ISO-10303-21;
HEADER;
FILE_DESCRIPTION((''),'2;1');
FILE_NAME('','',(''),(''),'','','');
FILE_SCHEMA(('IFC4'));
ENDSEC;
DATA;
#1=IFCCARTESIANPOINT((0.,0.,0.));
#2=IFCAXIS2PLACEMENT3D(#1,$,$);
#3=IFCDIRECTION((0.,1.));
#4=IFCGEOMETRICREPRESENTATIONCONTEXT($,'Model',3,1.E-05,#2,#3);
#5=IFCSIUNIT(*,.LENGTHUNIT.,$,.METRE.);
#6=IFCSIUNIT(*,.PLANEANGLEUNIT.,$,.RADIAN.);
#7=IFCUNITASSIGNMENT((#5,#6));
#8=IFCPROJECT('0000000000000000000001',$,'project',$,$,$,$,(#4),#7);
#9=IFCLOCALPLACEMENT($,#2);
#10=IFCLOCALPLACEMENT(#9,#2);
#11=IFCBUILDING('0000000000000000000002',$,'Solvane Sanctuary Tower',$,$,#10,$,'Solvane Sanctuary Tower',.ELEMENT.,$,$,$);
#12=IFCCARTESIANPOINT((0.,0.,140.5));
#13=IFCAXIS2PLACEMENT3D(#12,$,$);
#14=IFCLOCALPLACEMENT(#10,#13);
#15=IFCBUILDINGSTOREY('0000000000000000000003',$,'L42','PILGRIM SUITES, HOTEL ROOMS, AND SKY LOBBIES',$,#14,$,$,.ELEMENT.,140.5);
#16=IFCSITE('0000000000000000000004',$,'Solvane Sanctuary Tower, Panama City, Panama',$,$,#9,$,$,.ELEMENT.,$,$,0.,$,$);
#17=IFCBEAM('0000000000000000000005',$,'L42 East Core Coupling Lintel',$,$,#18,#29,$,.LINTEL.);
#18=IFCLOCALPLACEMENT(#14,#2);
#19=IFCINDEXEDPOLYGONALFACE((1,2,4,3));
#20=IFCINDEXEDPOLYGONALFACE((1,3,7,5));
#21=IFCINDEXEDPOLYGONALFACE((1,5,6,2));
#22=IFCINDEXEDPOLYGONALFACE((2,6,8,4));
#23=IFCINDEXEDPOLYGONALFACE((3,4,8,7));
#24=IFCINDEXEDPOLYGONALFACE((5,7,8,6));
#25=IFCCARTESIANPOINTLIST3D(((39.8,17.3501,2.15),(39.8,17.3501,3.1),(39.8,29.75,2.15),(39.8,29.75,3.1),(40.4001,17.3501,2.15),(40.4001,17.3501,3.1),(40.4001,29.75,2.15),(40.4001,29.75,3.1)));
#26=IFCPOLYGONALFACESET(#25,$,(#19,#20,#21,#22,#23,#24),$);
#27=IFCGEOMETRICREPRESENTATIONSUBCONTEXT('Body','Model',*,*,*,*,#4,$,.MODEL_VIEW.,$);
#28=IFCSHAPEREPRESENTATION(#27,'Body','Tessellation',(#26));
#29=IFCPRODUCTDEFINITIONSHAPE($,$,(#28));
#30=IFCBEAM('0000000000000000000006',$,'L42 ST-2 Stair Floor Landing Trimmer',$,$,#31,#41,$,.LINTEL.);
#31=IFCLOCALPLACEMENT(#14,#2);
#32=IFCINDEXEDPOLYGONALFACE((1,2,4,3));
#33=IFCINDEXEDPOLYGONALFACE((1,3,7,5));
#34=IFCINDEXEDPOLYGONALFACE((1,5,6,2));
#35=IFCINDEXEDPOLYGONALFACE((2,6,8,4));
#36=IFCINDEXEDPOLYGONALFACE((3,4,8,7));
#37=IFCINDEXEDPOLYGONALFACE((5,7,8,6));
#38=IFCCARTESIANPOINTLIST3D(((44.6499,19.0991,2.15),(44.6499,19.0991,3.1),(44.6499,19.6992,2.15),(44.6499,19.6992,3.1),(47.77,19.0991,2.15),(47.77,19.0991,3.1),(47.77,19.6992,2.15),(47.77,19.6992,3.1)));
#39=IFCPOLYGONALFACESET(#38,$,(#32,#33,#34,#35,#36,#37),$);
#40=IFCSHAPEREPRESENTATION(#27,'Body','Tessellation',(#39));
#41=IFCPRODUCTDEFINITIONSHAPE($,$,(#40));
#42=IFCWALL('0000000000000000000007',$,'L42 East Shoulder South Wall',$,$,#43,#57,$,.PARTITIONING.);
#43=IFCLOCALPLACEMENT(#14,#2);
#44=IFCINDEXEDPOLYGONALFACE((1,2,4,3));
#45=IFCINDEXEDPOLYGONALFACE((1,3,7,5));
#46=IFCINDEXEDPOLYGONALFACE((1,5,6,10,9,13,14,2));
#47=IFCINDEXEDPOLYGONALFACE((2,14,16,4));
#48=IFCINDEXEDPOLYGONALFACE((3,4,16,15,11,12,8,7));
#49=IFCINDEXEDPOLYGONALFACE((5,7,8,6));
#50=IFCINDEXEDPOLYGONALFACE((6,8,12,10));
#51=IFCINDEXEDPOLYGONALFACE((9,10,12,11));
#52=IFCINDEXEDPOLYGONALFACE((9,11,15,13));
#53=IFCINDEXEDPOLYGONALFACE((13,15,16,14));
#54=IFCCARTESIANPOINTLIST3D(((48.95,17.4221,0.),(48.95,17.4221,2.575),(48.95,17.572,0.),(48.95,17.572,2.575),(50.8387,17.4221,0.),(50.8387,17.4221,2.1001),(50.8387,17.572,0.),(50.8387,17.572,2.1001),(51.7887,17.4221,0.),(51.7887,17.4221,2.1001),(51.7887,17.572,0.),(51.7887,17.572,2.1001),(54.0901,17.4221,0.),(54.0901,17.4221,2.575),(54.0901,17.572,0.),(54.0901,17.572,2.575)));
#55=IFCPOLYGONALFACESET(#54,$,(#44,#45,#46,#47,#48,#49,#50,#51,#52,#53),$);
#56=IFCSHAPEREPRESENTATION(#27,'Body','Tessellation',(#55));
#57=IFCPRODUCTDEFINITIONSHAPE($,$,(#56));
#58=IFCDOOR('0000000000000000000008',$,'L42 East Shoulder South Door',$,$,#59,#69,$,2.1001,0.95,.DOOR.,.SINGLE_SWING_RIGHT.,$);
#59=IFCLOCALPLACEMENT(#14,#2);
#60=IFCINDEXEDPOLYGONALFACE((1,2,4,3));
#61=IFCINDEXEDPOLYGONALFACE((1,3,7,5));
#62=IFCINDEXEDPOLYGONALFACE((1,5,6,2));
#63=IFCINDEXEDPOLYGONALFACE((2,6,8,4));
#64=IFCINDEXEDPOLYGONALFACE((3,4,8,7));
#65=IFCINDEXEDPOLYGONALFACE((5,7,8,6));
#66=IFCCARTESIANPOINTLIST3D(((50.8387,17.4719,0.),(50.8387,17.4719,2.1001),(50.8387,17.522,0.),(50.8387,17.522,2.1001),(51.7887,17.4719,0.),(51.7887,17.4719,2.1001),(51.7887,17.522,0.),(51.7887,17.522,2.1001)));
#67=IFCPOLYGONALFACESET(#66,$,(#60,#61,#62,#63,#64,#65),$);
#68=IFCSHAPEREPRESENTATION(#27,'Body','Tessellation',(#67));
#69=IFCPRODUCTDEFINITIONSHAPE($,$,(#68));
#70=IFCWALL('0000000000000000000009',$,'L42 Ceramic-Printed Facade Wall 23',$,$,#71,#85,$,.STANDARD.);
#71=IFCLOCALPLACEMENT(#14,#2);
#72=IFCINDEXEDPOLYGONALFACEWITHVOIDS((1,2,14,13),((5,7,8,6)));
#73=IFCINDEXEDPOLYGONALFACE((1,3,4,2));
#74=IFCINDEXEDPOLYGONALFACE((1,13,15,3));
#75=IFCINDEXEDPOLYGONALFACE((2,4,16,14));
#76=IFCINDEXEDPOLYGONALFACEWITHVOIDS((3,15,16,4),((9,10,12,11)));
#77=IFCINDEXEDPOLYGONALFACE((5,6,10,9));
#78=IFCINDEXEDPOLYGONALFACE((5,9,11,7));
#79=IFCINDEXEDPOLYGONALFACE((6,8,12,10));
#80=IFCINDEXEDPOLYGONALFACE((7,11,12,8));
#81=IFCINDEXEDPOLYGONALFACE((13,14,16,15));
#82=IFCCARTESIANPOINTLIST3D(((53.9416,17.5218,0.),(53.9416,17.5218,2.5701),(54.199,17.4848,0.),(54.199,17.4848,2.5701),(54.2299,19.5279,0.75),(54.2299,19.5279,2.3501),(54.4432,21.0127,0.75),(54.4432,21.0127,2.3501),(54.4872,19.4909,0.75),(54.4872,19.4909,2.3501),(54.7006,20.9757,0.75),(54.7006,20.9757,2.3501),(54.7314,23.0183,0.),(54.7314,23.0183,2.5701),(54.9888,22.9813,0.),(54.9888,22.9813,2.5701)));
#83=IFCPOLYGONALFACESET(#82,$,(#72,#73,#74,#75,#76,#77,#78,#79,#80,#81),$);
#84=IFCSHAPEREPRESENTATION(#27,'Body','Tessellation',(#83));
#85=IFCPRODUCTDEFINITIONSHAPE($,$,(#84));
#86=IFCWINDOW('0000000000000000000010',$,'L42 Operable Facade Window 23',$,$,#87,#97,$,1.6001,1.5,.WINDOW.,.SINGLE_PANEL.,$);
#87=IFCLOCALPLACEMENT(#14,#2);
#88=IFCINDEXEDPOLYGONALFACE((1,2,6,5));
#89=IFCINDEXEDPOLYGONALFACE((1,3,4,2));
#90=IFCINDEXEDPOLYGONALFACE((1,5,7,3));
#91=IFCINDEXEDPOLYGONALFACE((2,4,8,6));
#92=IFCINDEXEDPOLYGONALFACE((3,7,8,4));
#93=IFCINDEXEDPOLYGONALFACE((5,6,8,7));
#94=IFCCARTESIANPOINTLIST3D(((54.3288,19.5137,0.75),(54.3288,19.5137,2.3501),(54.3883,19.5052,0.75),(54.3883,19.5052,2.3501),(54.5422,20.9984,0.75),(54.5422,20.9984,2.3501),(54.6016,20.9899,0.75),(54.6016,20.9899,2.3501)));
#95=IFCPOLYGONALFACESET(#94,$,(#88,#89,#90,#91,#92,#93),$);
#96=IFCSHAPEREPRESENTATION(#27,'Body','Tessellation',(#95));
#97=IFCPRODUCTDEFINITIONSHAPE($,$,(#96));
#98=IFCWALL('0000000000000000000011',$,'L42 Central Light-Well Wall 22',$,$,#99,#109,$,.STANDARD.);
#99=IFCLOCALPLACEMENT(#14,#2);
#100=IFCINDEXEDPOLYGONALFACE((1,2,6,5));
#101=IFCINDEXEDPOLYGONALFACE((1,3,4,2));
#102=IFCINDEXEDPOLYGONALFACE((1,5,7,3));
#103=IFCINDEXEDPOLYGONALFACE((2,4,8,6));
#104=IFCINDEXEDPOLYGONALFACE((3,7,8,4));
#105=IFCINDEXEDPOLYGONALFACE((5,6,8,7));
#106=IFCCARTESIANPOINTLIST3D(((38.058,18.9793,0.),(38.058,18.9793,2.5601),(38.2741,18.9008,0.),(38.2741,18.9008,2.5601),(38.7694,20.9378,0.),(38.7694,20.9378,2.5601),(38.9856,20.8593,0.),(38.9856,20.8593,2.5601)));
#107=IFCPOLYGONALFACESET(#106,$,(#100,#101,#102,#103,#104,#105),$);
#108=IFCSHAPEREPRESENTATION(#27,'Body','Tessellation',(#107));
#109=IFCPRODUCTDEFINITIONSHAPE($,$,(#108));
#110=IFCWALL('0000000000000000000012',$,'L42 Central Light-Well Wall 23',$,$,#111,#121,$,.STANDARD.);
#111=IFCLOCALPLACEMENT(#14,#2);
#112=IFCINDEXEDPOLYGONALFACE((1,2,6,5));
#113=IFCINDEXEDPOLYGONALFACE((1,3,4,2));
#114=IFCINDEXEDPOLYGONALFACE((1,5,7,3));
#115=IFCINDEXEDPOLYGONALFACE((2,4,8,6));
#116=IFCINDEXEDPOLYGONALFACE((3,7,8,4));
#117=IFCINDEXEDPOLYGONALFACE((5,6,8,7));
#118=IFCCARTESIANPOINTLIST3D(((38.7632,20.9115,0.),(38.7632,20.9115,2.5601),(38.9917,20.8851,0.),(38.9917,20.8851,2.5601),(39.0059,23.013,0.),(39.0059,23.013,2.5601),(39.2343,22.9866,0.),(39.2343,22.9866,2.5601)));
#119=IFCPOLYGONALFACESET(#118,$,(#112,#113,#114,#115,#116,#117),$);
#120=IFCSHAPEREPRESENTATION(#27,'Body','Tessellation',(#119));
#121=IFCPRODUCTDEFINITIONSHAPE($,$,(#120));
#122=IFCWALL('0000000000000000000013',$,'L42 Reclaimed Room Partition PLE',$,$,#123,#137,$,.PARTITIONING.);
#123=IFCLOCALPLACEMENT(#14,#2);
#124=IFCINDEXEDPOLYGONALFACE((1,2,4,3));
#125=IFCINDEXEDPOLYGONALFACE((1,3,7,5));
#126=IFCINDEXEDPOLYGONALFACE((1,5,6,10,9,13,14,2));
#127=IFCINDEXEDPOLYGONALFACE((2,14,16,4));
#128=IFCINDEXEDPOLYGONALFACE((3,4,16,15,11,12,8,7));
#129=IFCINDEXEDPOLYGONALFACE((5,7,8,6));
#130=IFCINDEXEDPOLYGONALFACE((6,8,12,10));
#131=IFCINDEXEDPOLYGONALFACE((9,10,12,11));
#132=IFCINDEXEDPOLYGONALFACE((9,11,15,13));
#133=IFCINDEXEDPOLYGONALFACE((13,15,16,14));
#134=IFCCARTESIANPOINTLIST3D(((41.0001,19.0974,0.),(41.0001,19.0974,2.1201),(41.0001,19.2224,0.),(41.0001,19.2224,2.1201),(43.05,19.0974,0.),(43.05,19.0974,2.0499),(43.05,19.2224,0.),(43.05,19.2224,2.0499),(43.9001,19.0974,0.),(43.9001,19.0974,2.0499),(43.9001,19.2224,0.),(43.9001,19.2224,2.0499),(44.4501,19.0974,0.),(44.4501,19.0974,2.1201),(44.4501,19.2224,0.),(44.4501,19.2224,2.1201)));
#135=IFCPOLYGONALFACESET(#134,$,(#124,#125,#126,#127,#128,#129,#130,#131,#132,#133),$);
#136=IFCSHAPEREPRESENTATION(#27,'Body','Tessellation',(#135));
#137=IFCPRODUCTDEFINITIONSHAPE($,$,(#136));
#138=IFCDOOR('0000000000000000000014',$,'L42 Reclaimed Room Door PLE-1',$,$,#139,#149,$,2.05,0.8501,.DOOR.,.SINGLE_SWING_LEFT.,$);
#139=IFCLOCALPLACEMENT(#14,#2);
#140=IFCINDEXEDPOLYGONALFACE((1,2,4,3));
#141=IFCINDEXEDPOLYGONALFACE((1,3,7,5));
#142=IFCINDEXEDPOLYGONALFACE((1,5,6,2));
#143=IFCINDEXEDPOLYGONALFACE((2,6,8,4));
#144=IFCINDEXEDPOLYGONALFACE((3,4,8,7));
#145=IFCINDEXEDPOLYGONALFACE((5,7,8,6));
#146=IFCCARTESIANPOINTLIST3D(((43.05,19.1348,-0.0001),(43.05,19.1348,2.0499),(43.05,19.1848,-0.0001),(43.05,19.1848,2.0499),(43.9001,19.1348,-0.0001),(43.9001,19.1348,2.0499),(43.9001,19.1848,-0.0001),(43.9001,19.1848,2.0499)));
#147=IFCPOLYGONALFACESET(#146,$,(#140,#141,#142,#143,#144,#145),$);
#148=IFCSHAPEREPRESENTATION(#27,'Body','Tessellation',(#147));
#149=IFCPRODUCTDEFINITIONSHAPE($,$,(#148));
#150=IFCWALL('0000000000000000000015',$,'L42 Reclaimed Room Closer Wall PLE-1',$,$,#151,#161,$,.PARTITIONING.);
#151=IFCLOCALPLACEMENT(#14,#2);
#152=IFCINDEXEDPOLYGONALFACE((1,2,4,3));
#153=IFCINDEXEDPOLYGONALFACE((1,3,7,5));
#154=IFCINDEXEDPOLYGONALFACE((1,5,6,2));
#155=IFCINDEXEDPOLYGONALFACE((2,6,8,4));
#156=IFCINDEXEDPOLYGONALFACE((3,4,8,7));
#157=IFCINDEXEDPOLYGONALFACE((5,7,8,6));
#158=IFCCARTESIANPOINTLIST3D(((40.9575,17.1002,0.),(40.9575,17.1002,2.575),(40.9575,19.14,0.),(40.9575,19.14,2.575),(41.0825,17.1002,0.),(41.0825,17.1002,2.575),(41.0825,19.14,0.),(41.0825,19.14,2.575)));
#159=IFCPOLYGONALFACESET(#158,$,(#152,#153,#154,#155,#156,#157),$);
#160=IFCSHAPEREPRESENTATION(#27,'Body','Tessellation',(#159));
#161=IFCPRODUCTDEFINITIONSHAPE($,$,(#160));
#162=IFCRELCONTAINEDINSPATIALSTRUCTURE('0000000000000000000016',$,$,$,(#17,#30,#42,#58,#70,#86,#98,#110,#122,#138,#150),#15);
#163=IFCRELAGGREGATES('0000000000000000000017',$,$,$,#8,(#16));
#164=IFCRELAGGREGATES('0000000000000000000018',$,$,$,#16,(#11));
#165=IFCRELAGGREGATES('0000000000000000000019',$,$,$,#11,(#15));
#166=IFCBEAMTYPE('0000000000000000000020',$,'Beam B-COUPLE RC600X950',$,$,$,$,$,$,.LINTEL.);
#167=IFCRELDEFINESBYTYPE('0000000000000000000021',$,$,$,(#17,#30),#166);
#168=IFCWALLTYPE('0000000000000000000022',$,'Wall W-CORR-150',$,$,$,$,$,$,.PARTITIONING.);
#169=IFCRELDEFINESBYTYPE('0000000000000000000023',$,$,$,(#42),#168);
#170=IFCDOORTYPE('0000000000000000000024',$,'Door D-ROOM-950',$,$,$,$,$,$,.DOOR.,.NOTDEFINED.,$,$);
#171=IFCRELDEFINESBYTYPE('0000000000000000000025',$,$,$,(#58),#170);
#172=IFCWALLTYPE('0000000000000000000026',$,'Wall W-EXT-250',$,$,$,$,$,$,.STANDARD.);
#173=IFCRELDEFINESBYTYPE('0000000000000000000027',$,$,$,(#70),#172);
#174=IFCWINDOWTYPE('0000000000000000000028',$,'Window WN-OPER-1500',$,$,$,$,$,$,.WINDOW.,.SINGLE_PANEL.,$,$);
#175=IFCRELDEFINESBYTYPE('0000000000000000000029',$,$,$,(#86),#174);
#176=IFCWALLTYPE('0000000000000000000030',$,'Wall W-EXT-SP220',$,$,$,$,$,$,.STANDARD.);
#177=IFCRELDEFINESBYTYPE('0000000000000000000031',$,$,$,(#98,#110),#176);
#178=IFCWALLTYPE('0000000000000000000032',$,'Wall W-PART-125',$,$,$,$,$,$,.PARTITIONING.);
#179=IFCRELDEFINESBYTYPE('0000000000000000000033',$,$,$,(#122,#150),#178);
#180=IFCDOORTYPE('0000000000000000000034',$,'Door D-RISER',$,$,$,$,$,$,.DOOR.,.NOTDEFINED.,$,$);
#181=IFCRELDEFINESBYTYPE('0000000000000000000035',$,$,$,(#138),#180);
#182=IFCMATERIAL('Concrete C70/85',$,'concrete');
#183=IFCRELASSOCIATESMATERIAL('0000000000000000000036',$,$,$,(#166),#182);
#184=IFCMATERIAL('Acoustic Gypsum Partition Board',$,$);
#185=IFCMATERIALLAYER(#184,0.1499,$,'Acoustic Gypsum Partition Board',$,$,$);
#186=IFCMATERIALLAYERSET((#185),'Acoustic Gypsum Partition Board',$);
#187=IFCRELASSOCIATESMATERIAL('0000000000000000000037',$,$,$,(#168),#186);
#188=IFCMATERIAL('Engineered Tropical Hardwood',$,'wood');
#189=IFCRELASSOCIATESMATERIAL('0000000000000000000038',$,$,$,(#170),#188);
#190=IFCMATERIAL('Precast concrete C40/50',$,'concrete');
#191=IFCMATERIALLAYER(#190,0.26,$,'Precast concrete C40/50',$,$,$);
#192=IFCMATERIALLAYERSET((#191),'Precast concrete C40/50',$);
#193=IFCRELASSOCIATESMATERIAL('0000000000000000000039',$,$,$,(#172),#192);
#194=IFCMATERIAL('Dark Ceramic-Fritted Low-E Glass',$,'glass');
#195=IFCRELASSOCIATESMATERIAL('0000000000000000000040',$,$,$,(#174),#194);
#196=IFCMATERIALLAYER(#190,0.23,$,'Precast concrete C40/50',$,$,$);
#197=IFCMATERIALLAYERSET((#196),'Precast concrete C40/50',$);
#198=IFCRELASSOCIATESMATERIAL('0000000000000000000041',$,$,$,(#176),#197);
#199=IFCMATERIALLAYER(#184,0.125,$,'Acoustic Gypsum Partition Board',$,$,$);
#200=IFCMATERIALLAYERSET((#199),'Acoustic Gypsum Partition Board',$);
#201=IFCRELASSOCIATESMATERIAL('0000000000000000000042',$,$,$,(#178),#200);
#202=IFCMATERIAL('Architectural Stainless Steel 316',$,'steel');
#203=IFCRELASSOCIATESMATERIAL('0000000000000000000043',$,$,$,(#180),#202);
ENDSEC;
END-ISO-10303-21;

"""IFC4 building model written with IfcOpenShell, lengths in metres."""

from ifc_helpers import new_model, si_unit, direction, frame, frame_2d, origin, origin_2d, place, context, subcontext, project, spatial, rectangle, extrude, material, layer, layer_set, material_profile, profile_set, type_object, element, fill, save


model = new_model("IFC4")

# Units and contexts
model_context = context("Model", 3, precision=1e-05, world=origin(), true_north=direction((0.0, 1.0)))
body_context = subcontext(model_context, "Body", "Model", "MODEL_VIEW")
ifc_project = project(units=[si_unit("LENGTHUNIT", "METRE"), si_unit("PLANEANGLEUNIT", "RADIAN")], contexts=[model_context])

# Site, building, storey
site_placement = place(None, origin())
site = spatial("IfcSite", under=ifc_project, at=site_placement, Name="Solvane Sanctuary Tower, Panama City, Panama", CompositionType="ELEMENT", RefElevation=0.0)
building_placement = place(site_placement, origin())
building = spatial("IfcBuilding", under=site, at=building_placement, Name="Solvane Sanctuary Tower", LongName="Solvane Sanctuary Tower", CompositionType="ELEMENT")
storey_placement = place(building_placement, frame((0.0, 0.0, 140.5)))
storey = spatial("IfcBuildingStorey", under=building, at=storey_placement, Name="L42", Description="PILGRIM SUITES, HOTEL ROOMS, AND SKY LOBBIES", CompositionType="ELEMENT", Elevation=140.5)

# Beams
ifc_material_1 = material(Name="Concrete C70/85", Category="concrete")
ifc_material_profile = material_profile(ifc_material_1, rectangle(XDim=0.6001, YDim=0.95, at=origin_2d()), Name="RC600X950")
ifc_profile_set = profile_set([ifc_material_profile], Name="Concrete C70/85")
beam_type = type_object("IfcBeamType", Name="Beam B-COUPLE RC600X950", PredefinedType="LINTEL", material=ifc_profile_set)
beam_1_placement = place(storey_placement, frame((40.1001, 17.3501, 2.625), z_axis=(0.0, 1.0, 0.0), x_axis=(-1.0, 0.0, 0.0)))
element("IfcBeam", 1, at=beam_1_placement, inside=storey, type_object=beam_type, Name="L42 East Core Coupling Lintel", PredefinedType="LINTEL", context=body_context, shape_type="SweptSolid", body=[
    extrude(rectangle(XDim=0.6001, YDim=0.95, at=origin_2d()), origin(), (0.0, 0.0, 1.0), 12.3999),
])
beam_2_placement = place(storey_placement, frame((44.6499, 19.3992, 2.625), z_axis=(1.0, 0.0, 0.0), x_axis=(0.0, 1.0, 0.0)))
element("IfcBeam", 2, at=beam_2_placement, inside=storey, type_object=beam_type, Name="L42 ST-2 Stair Floor Landing Trimmer", PredefinedType="LINTEL", context=body_context, shape_type="SweptSolid", body=[
    extrude(rectangle(XDim=0.6001, YDim=0.95, at=origin_2d()), origin(), (0.0, 0.0, 1.0), 3.1201),
])

# Wall, opening, door
ifc_material_2 = material(Name="Acoustic Gypsum Partition Board")
ifc_layer_1 = layer(ifc_material_2, 0.1499, Name="Acoustic Gypsum Partition Board")
ifc_layer_set_1 = layer_set([ifc_layer_1], Name="Acoustic Gypsum Partition Board")
wall_type_1 = type_object("IfcWallType", Name="Wall W-CORR-150", PredefinedType="PARTITIONING", material=ifc_layer_set_1)
wall_1_placement = place(storey_placement, frame((48.95, 17.4971, 0.0), z_axis=(0.0, 0.0, 1.0), x_axis=(1.0, 0.0, 0.0)))
wall_1 = element("IfcWall", 3, at=wall_1_placement, inside=storey, type_object=wall_type_1, Name="L42 East Shoulder South Wall", PredefinedType="PARTITIONING", context=body_context, shape_type="SweptSolid", body=[
    extrude(rectangle(XDim=5.1401, YDim=0.1499, at=frame_2d((2.5701, 0.0))), origin(), (0.0, 0.0, 1.0), 2.575),
])
opening_1_placement = place(wall_1_placement, frame((1.8887, 0.0, 0.0)))
opening_1 = element("IfcOpeningElement", 4, at=opening_1_placement, cuts=wall_1, PredefinedType="OPENING", context=body_context, shape_type="SweptSolid", body=[
    extrude(rectangle(XDim=0.95, YDim=2.1001, at=frame_2d((0.4751, 1.05))), frame((0.0, 0.085, 0.0), z_axis=(0.0, -1.0, 0.0), x_axis=(1.0, 0.0, 0.0)), (0.0, 0.0, 1.0), 0.1699),
])
ifc_material_3 = material(Name="Engineered Tropical Hardwood", Category="wood")
door_type_1 = type_object("IfcDoorType", Name="Door D-ROOM-950", OperationType="NOTDEFINED", PredefinedType="DOOR", material=ifc_material_3)
door_1_placement = place(opening_1_placement, origin())
door_1 = element("IfcDoor", 5, at=door_1_placement, inside=storey, type_object=door_type_1, Name="L42 East Shoulder South Door", OperationType="SINGLE_SWING_RIGHT", OverallHeight=2.1001, OverallWidth=0.95, PredefinedType="DOOR", context=body_context, shape_type="SweptSolid", body=[
    extrude(rectangle(XDim=0.95, YDim=2.1001, at=frame_2d((0.4751, 1.05))), frame((0.0, 0.0249, 0.0), z_axis=(0.0, -1.0, 0.0), x_axis=(1.0, 0.0, 0.0)), (0.0, 0.0, 1.0), 0.05),
])
fill(opening_1, door_1)

# Wall, opening, window
ifc_material_4 = material(Name="Precast concrete C40/50", Category="concrete")
ifc_layer_2 = layer(ifc_material_4, 0.26, Name="Precast concrete C40/50")
ifc_layer_set_2 = layer_set([ifc_layer_2], Name="Precast concrete C40/50")
wall_type_2 = type_object("IfcWallType", Name="Wall W-EXT-250", PredefinedType="STANDARD", material=ifc_layer_set_2)
wall_2_placement = place(storey_placement, frame((54.0703, 17.5034, 0.0), z_axis=(0.0, 0.0, 1.0), x_axis=(0.142228, 0.989834, 0.0)))
wall_2 = element("IfcWall", 6, at=wall_2_placement, inside=storey, type_object=wall_type_2, Name="L42 Ceramic-Printed Facade Wall 23", PredefinedType="STANDARD", context=body_context, shape_type="SweptSolid", body=[
    extrude(rectangle(XDim=5.553, YDim=0.26, at=frame_2d((2.7764, 0.0))), origin(), (0.0, 0.0, 1.0), 2.5701),
])
opening_2_placement = place(wall_2_placement, frame((2.0266, 0.0, 0.75)))
opening_2 = element("IfcOpeningElement", 7, at=opening_2_placement, cuts=wall_2, PredefinedType="OPENING", context=body_context, shape_type="SweptSolid", body=[
    extrude(rectangle(XDim=1.5, YDim=1.6001, at=frame_2d((0.75, 0.8))), frame((0.0, 0.1399, 0.0), z_axis=(0.0, -1.0, 0.0), x_axis=(1.0, 0.0, 0.0)), (0.0, 0.0, 1.0), 0.28),
])
ifc_material_5 = material(Name="Dark Ceramic-Fritted Low-E Glass", Category="glass")
window_type = type_object("IfcWindowType", Name="Window WN-OPER-1500", PartitioningType="SINGLE_PANEL", PredefinedType="WINDOW", material=ifc_material_5)
window_placement = place(opening_2_placement, origin())
window = element("IfcWindow", 8, at=window_placement, inside=storey, type_object=window_type, Name="L42 Operable Facade Window 23", OverallHeight=1.6001, OverallWidth=1.5, PartitioningType="SINGLE_PANEL", PredefinedType="WINDOW", context=body_context, shape_type="SweptSolid", body=[
    extrude(rectangle(XDim=1.5, YDim=1.6001, at=frame_2d((0.75, 0.8))), frame((0.0, 0.03, 0.0), z_axis=(0.0, -1.0, 0.0), x_axis=(1.0, 0.0, 0.0)), (0.0, 0.0, 1.0), 0.0601),
])
fill(opening_2, window)

# Walls
ifc_layer_3 = layer(ifc_material_4, 0.23, Name="Precast concrete C40/50")
ifc_layer_set_3 = layer_set([ifc_layer_3], Name="Precast concrete C40/50")
wall_type_3 = type_object("IfcWallType", Name="Wall W-EXT-SP220", PredefinedType="STANDARD", material=ifc_layer_set_3)
wall_3_placement = place(storey_placement, frame((38.166, 18.9399, 0.0), z_axis=(0.0, 0.0, 1.0), x_axis=(0.341423, 0.93991, 0.0)))
element("IfcWall", 9, at=wall_3_placement, inside=storey, type_object=wall_type_3, Name="L42 Central Light-Well Wall 22", PredefinedType="STANDARD", context=body_context, shape_type="SweptSolid", body=[
    extrude(rectangle(XDim=2.0837, YDim=0.23, at=frame_2d((1.042, 0.0))), origin(), (0.0, 0.0, 1.0), 2.5601),
])
wall_4_placement = place(storey_placement, frame((38.8774, 20.8984, 0.0), z_axis=(0.0, 0.0, 1.0), x_axis=(0.114712, 0.993399, 0.0)))
element("IfcWall", 10, at=wall_4_placement, inside=storey, type_object=wall_type_3, Name="L42 Central Light-Well Wall 23", PredefinedType="STANDARD", context=body_context, shape_type="SweptSolid", body=[
    extrude(rectangle(XDim=2.1155, YDim=0.23, at=frame_2d((1.0576, 0.0))), origin(), (0.0, 0.0, 1.0), 2.5601),
])

# Wall, opening, door
ifc_layer_4 = layer(ifc_material_2, 0.125, Name="Acoustic Gypsum Partition Board")
ifc_layer_set_4 = layer_set([ifc_layer_4], Name="Acoustic Gypsum Partition Board")
wall_type_4 = type_object("IfcWallType", Name="Wall W-PART-125", PredefinedType="PARTITIONING", material=ifc_layer_set_4)
wall_5_placement = place(storey_placement, frame((41.0, 19.1599, 0.0), z_axis=(0.0, 0.0, 1.0), x_axis=(1.0, 0.0, 0.0)))
wall_5 = element("IfcWall", 11, at=wall_5_placement, inside=storey, type_object=wall_type_4, Name="L42 Reclaimed Room Partition PLE", PredefinedType="PARTITIONING", context=body_context, shape_type="SweptSolid", body=[
    extrude(rectangle(XDim=3.45, YDim=0.125, at=frame_2d((1.7251, 0.0))), origin(), (0.0, 0.0, 1.0), 2.1201),
])
opening_3_placement = place(wall_5_placement, frame((2.05, 0.0, 0.0)))
opening_3 = element("IfcOpeningElement", 12, at=opening_3_placement, cuts=wall_5, PredefinedType="OPENING", context=body_context, shape_type="SweptSolid", body=[
    extrude(rectangle(XDim=0.8501, YDim=2.05, at=frame_2d((0.425, 1.0249))), frame((0.0, 0.0725, 0.0), z_axis=(0.0, -1.0, 0.0), x_axis=(1.0, 0.0, 0.0)), (0.0, 0.0, 1.0), 0.145),
])
ifc_material_6 = material(Name="Architectural Stainless Steel 316", Category="steel")
door_type_2 = type_object("IfcDoorType", Name="Door D-RISER", OperationType="NOTDEFINED", PredefinedType="DOOR", material=ifc_material_6)
door_2_placement = place(opening_3_placement, origin())
door_2 = element("IfcDoor", 13, at=door_2_placement, inside=storey, type_object=door_type_2, Name="L42 Reclaimed Room Door PLE-1", OperationType="SINGLE_SWING_LEFT", OverallHeight=2.05, OverallWidth=0.8501, PredefinedType="DOOR", context=body_context, shape_type="SweptSolid", body=[
    extrude(rectangle(XDim=0.8501, YDim=2.05, at=frame_2d((0.425, 1.0249))), frame((0.0, 0.0249, 0.0), z_axis=(0.0, -1.0, 0.0), x_axis=(1.0, 0.0, 0.0)), (0.0, 0.0, 1.0), 0.05),
])
fill(opening_3, door_2)

# Wall
wall_6_placement = place(storey_placement, frame((41.02, 17.1001, 0.0), z_axis=(0.0, 0.0, 1.0), x_axis=(0.0, 1.0, 0.0)))
element("IfcWall", 14, at=wall_6_placement, inside=storey, type_object=wall_type_4, Name="L42 Reclaimed Room Closer Wall PLE-1", PredefinedType="PARTITIONING", context=body_context, shape_type="SweptSolid", body=[
    extrude(rectangle(XDim=2.0398, YDim=0.125, at=frame_2d((1.02, 0.0))), origin(), (0.0, 0.0, 1.0), 2.575),
])

save(model, "model.ifc")
